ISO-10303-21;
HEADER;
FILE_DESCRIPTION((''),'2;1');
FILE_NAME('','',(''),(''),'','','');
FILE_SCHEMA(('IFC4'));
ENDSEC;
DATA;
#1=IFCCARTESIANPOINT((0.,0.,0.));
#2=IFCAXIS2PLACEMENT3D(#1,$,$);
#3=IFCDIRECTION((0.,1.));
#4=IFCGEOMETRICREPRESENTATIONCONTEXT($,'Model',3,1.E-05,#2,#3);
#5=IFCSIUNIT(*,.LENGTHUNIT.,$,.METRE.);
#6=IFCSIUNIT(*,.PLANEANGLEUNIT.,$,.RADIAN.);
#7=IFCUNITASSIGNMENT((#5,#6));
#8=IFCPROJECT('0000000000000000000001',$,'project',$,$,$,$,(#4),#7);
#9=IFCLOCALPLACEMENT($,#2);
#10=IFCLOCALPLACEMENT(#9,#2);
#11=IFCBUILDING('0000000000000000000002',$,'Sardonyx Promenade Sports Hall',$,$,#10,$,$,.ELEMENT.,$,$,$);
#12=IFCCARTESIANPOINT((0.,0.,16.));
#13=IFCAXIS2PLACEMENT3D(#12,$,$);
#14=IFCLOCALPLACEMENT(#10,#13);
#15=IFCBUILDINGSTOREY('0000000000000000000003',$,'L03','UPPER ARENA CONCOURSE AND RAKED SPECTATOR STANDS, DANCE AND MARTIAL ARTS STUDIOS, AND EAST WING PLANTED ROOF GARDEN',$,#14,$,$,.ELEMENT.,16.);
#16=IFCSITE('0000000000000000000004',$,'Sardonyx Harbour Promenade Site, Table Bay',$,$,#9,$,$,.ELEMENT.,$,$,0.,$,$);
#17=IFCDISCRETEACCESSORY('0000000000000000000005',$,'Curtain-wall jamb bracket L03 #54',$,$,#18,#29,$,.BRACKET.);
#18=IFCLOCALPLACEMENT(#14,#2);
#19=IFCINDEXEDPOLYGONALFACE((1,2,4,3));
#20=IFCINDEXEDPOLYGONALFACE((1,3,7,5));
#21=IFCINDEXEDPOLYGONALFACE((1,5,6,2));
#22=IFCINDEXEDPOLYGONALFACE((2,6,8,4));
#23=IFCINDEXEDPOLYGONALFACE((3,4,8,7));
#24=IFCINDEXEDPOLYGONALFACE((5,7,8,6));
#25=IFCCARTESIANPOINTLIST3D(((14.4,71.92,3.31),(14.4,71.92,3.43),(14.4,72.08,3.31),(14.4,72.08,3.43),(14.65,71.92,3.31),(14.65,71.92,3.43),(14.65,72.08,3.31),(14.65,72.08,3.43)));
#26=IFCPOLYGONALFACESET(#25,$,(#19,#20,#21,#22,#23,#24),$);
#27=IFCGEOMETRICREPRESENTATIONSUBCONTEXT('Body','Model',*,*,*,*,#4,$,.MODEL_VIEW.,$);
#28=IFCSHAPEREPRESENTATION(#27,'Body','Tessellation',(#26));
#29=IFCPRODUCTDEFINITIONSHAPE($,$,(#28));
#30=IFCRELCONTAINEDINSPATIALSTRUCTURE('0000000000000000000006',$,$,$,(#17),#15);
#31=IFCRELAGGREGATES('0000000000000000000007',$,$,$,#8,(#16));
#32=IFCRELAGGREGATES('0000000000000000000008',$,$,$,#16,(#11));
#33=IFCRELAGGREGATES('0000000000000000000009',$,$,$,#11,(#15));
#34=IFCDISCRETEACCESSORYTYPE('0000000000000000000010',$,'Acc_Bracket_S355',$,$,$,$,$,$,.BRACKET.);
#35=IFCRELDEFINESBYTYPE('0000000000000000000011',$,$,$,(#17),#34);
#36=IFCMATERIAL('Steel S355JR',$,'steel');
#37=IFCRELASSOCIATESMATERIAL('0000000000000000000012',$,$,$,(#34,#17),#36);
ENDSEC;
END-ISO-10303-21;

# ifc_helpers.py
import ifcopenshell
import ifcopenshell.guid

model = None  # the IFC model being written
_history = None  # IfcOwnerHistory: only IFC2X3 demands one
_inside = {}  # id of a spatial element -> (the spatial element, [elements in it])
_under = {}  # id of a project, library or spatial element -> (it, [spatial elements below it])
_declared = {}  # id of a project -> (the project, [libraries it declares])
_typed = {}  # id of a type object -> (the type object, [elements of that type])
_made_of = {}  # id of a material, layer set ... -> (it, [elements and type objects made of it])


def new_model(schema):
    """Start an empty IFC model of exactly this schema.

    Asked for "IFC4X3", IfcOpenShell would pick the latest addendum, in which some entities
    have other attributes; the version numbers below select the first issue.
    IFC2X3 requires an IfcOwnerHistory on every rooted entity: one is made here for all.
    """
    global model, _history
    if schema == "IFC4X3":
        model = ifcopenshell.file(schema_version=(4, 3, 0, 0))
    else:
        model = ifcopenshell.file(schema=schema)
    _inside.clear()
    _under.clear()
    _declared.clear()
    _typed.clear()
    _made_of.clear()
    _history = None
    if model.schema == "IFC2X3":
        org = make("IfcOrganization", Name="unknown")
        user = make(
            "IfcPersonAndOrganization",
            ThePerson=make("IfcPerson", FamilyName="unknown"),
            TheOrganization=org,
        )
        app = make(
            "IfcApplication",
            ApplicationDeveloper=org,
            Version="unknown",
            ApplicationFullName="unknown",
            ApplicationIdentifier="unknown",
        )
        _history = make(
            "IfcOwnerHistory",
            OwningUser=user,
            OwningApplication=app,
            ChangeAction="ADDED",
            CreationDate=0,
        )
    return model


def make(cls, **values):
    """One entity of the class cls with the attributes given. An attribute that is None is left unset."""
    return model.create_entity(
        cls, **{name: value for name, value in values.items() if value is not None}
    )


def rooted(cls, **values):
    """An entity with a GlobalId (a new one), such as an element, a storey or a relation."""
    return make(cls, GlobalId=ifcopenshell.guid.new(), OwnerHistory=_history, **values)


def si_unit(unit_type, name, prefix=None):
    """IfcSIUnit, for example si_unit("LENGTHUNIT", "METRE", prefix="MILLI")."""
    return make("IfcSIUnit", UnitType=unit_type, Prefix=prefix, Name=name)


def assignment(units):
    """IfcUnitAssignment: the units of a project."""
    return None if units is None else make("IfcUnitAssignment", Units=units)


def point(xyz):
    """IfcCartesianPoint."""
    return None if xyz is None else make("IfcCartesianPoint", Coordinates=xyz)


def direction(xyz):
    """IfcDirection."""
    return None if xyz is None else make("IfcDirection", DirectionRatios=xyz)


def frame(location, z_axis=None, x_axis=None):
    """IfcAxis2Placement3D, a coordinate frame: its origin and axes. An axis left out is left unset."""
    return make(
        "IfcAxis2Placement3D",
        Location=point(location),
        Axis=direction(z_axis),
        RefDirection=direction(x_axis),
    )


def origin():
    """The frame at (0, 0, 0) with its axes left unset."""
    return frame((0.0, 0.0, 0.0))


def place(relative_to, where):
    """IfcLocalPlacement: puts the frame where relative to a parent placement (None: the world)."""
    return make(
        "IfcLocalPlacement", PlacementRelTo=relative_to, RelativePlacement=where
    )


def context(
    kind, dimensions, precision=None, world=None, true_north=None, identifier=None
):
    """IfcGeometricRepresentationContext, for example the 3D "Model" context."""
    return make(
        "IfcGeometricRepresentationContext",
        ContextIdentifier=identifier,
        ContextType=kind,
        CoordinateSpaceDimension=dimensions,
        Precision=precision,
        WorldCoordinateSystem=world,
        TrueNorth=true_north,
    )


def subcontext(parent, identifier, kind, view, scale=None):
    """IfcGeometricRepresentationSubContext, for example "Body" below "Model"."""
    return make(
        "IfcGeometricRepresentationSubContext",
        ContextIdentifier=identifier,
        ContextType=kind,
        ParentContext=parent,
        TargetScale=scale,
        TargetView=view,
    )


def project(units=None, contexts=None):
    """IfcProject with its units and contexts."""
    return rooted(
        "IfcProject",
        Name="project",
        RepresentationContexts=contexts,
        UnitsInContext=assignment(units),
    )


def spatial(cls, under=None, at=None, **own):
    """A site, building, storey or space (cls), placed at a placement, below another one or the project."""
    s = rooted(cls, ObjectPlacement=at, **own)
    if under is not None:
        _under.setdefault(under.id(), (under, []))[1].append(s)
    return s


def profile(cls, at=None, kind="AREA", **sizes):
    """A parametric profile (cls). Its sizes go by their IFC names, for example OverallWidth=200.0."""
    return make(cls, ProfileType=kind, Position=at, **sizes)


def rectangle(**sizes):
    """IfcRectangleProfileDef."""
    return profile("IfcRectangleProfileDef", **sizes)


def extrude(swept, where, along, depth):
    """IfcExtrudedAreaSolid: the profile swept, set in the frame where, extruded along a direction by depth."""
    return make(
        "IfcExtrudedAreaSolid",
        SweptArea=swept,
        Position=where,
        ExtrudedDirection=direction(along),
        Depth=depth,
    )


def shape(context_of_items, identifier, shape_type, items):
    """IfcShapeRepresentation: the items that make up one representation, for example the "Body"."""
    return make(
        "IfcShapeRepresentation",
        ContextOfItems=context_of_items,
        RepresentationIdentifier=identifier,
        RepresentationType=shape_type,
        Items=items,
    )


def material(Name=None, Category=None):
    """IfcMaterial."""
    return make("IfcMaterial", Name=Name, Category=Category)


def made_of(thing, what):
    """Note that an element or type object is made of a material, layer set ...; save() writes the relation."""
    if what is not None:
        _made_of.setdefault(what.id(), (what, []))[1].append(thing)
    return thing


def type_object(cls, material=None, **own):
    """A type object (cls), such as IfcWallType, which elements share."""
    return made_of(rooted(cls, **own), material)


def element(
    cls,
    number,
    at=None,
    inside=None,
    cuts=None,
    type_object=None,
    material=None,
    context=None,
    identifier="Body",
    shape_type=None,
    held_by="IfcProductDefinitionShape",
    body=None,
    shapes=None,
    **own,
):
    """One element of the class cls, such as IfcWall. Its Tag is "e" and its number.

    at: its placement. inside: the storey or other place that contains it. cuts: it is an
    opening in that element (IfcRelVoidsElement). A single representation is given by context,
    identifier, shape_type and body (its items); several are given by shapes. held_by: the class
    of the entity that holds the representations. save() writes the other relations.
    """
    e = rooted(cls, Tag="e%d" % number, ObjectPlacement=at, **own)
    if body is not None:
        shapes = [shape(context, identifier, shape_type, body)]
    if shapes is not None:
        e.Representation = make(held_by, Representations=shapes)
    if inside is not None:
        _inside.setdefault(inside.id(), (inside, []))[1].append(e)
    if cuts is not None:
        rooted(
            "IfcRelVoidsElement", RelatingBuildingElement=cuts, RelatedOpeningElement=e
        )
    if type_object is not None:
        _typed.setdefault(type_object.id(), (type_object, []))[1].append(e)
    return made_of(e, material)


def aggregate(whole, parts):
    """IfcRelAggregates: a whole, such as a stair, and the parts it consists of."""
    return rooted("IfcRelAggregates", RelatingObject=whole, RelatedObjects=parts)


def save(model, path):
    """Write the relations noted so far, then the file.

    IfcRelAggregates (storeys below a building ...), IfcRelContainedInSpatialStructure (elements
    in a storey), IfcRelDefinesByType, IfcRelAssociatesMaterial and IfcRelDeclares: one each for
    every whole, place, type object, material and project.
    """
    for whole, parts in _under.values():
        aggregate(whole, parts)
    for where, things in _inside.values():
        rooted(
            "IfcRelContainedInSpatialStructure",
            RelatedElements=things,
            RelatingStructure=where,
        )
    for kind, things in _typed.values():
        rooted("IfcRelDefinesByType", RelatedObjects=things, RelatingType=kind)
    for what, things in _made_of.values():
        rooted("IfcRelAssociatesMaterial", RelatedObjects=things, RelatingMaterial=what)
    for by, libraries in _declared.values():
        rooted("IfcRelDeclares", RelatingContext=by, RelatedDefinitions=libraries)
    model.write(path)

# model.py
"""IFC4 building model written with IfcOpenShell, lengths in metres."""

from ifc_helpers import new_model, si_unit, direction, frame, origin, place, context, subcontext, project, spatial, rectangle, extrude, material, type_object, element, save


model = new_model("IFC4")

# Units and contexts
model_context = context("Model", 3, precision=1e-05, world=origin(), true_north=direction((0.0, 1.0)))
body_context = subcontext(model_context, "Body", "Model", "MODEL_VIEW")
ifc_project = project(units=[si_unit("LENGTHUNIT", "METRE"), si_unit("PLANEANGLEUNIT", "RADIAN")], contexts=[model_context])

# Site, building, storey
site_placement = place(None, origin())
site = spatial("IfcSite", under=ifc_project, at=site_placement, Name="Sardonyx Harbour Promenade Site, Table Bay", CompositionType="ELEMENT", RefElevation=0.0)
building_placement = place(site_placement, origin())
building = spatial("IfcBuilding", under=site, at=building_placement, Name="Sardonyx Promenade Sports Hall", CompositionType="ELEMENT")
storey_placement = place(building_placement, frame((0.0, 0.0, 16.0)))
storey = spatial("IfcBuildingStorey", under=building, at=storey_placement, Name="L03", Description="UPPER ARENA CONCOURSE AND RAKED SPECTATOR STANDS, DANCE AND MARTIAL ARTS STUDIOS, AND EAST WING PLANTED ROOF GARDEN", CompositionType="ELEMENT", Elevation=16.0)

# Discrete accessory
ifc_material_1 = material(Name="Steel S355JR", Category="steel")
discrete_accessory_type = type_object("IfcDiscreteAccessoryType", Name="Acc_Bracket_S355", PredefinedType="BRACKET", material=ifc_material_1)
for number, where, z_axis, x_axis, name in (
    (1, (14.525, 72.0, 3.31), (0.0, 0.0, 1.0), (1.0, 0.0, 0.0), "Curtain-wall jamb bracket L03 #54"),
):
    element("IfcDiscreteAccessory", number, at=place(storey_placement, frame(where, z_axis=z_axis, x_axis=x_axis)), inside=storey, type_object=discrete_accessory_type, material=ifc_material_1, Name=name, PredefinedType="BRACKET", context=body_context, shape_type="SweptSolid", body=[
        extrude(rectangle(XDim=0.25, YDim=0.16), origin(), (0.0, 0.0, 1.0), 0.12),
    ])

save(model, "model.ifc")
